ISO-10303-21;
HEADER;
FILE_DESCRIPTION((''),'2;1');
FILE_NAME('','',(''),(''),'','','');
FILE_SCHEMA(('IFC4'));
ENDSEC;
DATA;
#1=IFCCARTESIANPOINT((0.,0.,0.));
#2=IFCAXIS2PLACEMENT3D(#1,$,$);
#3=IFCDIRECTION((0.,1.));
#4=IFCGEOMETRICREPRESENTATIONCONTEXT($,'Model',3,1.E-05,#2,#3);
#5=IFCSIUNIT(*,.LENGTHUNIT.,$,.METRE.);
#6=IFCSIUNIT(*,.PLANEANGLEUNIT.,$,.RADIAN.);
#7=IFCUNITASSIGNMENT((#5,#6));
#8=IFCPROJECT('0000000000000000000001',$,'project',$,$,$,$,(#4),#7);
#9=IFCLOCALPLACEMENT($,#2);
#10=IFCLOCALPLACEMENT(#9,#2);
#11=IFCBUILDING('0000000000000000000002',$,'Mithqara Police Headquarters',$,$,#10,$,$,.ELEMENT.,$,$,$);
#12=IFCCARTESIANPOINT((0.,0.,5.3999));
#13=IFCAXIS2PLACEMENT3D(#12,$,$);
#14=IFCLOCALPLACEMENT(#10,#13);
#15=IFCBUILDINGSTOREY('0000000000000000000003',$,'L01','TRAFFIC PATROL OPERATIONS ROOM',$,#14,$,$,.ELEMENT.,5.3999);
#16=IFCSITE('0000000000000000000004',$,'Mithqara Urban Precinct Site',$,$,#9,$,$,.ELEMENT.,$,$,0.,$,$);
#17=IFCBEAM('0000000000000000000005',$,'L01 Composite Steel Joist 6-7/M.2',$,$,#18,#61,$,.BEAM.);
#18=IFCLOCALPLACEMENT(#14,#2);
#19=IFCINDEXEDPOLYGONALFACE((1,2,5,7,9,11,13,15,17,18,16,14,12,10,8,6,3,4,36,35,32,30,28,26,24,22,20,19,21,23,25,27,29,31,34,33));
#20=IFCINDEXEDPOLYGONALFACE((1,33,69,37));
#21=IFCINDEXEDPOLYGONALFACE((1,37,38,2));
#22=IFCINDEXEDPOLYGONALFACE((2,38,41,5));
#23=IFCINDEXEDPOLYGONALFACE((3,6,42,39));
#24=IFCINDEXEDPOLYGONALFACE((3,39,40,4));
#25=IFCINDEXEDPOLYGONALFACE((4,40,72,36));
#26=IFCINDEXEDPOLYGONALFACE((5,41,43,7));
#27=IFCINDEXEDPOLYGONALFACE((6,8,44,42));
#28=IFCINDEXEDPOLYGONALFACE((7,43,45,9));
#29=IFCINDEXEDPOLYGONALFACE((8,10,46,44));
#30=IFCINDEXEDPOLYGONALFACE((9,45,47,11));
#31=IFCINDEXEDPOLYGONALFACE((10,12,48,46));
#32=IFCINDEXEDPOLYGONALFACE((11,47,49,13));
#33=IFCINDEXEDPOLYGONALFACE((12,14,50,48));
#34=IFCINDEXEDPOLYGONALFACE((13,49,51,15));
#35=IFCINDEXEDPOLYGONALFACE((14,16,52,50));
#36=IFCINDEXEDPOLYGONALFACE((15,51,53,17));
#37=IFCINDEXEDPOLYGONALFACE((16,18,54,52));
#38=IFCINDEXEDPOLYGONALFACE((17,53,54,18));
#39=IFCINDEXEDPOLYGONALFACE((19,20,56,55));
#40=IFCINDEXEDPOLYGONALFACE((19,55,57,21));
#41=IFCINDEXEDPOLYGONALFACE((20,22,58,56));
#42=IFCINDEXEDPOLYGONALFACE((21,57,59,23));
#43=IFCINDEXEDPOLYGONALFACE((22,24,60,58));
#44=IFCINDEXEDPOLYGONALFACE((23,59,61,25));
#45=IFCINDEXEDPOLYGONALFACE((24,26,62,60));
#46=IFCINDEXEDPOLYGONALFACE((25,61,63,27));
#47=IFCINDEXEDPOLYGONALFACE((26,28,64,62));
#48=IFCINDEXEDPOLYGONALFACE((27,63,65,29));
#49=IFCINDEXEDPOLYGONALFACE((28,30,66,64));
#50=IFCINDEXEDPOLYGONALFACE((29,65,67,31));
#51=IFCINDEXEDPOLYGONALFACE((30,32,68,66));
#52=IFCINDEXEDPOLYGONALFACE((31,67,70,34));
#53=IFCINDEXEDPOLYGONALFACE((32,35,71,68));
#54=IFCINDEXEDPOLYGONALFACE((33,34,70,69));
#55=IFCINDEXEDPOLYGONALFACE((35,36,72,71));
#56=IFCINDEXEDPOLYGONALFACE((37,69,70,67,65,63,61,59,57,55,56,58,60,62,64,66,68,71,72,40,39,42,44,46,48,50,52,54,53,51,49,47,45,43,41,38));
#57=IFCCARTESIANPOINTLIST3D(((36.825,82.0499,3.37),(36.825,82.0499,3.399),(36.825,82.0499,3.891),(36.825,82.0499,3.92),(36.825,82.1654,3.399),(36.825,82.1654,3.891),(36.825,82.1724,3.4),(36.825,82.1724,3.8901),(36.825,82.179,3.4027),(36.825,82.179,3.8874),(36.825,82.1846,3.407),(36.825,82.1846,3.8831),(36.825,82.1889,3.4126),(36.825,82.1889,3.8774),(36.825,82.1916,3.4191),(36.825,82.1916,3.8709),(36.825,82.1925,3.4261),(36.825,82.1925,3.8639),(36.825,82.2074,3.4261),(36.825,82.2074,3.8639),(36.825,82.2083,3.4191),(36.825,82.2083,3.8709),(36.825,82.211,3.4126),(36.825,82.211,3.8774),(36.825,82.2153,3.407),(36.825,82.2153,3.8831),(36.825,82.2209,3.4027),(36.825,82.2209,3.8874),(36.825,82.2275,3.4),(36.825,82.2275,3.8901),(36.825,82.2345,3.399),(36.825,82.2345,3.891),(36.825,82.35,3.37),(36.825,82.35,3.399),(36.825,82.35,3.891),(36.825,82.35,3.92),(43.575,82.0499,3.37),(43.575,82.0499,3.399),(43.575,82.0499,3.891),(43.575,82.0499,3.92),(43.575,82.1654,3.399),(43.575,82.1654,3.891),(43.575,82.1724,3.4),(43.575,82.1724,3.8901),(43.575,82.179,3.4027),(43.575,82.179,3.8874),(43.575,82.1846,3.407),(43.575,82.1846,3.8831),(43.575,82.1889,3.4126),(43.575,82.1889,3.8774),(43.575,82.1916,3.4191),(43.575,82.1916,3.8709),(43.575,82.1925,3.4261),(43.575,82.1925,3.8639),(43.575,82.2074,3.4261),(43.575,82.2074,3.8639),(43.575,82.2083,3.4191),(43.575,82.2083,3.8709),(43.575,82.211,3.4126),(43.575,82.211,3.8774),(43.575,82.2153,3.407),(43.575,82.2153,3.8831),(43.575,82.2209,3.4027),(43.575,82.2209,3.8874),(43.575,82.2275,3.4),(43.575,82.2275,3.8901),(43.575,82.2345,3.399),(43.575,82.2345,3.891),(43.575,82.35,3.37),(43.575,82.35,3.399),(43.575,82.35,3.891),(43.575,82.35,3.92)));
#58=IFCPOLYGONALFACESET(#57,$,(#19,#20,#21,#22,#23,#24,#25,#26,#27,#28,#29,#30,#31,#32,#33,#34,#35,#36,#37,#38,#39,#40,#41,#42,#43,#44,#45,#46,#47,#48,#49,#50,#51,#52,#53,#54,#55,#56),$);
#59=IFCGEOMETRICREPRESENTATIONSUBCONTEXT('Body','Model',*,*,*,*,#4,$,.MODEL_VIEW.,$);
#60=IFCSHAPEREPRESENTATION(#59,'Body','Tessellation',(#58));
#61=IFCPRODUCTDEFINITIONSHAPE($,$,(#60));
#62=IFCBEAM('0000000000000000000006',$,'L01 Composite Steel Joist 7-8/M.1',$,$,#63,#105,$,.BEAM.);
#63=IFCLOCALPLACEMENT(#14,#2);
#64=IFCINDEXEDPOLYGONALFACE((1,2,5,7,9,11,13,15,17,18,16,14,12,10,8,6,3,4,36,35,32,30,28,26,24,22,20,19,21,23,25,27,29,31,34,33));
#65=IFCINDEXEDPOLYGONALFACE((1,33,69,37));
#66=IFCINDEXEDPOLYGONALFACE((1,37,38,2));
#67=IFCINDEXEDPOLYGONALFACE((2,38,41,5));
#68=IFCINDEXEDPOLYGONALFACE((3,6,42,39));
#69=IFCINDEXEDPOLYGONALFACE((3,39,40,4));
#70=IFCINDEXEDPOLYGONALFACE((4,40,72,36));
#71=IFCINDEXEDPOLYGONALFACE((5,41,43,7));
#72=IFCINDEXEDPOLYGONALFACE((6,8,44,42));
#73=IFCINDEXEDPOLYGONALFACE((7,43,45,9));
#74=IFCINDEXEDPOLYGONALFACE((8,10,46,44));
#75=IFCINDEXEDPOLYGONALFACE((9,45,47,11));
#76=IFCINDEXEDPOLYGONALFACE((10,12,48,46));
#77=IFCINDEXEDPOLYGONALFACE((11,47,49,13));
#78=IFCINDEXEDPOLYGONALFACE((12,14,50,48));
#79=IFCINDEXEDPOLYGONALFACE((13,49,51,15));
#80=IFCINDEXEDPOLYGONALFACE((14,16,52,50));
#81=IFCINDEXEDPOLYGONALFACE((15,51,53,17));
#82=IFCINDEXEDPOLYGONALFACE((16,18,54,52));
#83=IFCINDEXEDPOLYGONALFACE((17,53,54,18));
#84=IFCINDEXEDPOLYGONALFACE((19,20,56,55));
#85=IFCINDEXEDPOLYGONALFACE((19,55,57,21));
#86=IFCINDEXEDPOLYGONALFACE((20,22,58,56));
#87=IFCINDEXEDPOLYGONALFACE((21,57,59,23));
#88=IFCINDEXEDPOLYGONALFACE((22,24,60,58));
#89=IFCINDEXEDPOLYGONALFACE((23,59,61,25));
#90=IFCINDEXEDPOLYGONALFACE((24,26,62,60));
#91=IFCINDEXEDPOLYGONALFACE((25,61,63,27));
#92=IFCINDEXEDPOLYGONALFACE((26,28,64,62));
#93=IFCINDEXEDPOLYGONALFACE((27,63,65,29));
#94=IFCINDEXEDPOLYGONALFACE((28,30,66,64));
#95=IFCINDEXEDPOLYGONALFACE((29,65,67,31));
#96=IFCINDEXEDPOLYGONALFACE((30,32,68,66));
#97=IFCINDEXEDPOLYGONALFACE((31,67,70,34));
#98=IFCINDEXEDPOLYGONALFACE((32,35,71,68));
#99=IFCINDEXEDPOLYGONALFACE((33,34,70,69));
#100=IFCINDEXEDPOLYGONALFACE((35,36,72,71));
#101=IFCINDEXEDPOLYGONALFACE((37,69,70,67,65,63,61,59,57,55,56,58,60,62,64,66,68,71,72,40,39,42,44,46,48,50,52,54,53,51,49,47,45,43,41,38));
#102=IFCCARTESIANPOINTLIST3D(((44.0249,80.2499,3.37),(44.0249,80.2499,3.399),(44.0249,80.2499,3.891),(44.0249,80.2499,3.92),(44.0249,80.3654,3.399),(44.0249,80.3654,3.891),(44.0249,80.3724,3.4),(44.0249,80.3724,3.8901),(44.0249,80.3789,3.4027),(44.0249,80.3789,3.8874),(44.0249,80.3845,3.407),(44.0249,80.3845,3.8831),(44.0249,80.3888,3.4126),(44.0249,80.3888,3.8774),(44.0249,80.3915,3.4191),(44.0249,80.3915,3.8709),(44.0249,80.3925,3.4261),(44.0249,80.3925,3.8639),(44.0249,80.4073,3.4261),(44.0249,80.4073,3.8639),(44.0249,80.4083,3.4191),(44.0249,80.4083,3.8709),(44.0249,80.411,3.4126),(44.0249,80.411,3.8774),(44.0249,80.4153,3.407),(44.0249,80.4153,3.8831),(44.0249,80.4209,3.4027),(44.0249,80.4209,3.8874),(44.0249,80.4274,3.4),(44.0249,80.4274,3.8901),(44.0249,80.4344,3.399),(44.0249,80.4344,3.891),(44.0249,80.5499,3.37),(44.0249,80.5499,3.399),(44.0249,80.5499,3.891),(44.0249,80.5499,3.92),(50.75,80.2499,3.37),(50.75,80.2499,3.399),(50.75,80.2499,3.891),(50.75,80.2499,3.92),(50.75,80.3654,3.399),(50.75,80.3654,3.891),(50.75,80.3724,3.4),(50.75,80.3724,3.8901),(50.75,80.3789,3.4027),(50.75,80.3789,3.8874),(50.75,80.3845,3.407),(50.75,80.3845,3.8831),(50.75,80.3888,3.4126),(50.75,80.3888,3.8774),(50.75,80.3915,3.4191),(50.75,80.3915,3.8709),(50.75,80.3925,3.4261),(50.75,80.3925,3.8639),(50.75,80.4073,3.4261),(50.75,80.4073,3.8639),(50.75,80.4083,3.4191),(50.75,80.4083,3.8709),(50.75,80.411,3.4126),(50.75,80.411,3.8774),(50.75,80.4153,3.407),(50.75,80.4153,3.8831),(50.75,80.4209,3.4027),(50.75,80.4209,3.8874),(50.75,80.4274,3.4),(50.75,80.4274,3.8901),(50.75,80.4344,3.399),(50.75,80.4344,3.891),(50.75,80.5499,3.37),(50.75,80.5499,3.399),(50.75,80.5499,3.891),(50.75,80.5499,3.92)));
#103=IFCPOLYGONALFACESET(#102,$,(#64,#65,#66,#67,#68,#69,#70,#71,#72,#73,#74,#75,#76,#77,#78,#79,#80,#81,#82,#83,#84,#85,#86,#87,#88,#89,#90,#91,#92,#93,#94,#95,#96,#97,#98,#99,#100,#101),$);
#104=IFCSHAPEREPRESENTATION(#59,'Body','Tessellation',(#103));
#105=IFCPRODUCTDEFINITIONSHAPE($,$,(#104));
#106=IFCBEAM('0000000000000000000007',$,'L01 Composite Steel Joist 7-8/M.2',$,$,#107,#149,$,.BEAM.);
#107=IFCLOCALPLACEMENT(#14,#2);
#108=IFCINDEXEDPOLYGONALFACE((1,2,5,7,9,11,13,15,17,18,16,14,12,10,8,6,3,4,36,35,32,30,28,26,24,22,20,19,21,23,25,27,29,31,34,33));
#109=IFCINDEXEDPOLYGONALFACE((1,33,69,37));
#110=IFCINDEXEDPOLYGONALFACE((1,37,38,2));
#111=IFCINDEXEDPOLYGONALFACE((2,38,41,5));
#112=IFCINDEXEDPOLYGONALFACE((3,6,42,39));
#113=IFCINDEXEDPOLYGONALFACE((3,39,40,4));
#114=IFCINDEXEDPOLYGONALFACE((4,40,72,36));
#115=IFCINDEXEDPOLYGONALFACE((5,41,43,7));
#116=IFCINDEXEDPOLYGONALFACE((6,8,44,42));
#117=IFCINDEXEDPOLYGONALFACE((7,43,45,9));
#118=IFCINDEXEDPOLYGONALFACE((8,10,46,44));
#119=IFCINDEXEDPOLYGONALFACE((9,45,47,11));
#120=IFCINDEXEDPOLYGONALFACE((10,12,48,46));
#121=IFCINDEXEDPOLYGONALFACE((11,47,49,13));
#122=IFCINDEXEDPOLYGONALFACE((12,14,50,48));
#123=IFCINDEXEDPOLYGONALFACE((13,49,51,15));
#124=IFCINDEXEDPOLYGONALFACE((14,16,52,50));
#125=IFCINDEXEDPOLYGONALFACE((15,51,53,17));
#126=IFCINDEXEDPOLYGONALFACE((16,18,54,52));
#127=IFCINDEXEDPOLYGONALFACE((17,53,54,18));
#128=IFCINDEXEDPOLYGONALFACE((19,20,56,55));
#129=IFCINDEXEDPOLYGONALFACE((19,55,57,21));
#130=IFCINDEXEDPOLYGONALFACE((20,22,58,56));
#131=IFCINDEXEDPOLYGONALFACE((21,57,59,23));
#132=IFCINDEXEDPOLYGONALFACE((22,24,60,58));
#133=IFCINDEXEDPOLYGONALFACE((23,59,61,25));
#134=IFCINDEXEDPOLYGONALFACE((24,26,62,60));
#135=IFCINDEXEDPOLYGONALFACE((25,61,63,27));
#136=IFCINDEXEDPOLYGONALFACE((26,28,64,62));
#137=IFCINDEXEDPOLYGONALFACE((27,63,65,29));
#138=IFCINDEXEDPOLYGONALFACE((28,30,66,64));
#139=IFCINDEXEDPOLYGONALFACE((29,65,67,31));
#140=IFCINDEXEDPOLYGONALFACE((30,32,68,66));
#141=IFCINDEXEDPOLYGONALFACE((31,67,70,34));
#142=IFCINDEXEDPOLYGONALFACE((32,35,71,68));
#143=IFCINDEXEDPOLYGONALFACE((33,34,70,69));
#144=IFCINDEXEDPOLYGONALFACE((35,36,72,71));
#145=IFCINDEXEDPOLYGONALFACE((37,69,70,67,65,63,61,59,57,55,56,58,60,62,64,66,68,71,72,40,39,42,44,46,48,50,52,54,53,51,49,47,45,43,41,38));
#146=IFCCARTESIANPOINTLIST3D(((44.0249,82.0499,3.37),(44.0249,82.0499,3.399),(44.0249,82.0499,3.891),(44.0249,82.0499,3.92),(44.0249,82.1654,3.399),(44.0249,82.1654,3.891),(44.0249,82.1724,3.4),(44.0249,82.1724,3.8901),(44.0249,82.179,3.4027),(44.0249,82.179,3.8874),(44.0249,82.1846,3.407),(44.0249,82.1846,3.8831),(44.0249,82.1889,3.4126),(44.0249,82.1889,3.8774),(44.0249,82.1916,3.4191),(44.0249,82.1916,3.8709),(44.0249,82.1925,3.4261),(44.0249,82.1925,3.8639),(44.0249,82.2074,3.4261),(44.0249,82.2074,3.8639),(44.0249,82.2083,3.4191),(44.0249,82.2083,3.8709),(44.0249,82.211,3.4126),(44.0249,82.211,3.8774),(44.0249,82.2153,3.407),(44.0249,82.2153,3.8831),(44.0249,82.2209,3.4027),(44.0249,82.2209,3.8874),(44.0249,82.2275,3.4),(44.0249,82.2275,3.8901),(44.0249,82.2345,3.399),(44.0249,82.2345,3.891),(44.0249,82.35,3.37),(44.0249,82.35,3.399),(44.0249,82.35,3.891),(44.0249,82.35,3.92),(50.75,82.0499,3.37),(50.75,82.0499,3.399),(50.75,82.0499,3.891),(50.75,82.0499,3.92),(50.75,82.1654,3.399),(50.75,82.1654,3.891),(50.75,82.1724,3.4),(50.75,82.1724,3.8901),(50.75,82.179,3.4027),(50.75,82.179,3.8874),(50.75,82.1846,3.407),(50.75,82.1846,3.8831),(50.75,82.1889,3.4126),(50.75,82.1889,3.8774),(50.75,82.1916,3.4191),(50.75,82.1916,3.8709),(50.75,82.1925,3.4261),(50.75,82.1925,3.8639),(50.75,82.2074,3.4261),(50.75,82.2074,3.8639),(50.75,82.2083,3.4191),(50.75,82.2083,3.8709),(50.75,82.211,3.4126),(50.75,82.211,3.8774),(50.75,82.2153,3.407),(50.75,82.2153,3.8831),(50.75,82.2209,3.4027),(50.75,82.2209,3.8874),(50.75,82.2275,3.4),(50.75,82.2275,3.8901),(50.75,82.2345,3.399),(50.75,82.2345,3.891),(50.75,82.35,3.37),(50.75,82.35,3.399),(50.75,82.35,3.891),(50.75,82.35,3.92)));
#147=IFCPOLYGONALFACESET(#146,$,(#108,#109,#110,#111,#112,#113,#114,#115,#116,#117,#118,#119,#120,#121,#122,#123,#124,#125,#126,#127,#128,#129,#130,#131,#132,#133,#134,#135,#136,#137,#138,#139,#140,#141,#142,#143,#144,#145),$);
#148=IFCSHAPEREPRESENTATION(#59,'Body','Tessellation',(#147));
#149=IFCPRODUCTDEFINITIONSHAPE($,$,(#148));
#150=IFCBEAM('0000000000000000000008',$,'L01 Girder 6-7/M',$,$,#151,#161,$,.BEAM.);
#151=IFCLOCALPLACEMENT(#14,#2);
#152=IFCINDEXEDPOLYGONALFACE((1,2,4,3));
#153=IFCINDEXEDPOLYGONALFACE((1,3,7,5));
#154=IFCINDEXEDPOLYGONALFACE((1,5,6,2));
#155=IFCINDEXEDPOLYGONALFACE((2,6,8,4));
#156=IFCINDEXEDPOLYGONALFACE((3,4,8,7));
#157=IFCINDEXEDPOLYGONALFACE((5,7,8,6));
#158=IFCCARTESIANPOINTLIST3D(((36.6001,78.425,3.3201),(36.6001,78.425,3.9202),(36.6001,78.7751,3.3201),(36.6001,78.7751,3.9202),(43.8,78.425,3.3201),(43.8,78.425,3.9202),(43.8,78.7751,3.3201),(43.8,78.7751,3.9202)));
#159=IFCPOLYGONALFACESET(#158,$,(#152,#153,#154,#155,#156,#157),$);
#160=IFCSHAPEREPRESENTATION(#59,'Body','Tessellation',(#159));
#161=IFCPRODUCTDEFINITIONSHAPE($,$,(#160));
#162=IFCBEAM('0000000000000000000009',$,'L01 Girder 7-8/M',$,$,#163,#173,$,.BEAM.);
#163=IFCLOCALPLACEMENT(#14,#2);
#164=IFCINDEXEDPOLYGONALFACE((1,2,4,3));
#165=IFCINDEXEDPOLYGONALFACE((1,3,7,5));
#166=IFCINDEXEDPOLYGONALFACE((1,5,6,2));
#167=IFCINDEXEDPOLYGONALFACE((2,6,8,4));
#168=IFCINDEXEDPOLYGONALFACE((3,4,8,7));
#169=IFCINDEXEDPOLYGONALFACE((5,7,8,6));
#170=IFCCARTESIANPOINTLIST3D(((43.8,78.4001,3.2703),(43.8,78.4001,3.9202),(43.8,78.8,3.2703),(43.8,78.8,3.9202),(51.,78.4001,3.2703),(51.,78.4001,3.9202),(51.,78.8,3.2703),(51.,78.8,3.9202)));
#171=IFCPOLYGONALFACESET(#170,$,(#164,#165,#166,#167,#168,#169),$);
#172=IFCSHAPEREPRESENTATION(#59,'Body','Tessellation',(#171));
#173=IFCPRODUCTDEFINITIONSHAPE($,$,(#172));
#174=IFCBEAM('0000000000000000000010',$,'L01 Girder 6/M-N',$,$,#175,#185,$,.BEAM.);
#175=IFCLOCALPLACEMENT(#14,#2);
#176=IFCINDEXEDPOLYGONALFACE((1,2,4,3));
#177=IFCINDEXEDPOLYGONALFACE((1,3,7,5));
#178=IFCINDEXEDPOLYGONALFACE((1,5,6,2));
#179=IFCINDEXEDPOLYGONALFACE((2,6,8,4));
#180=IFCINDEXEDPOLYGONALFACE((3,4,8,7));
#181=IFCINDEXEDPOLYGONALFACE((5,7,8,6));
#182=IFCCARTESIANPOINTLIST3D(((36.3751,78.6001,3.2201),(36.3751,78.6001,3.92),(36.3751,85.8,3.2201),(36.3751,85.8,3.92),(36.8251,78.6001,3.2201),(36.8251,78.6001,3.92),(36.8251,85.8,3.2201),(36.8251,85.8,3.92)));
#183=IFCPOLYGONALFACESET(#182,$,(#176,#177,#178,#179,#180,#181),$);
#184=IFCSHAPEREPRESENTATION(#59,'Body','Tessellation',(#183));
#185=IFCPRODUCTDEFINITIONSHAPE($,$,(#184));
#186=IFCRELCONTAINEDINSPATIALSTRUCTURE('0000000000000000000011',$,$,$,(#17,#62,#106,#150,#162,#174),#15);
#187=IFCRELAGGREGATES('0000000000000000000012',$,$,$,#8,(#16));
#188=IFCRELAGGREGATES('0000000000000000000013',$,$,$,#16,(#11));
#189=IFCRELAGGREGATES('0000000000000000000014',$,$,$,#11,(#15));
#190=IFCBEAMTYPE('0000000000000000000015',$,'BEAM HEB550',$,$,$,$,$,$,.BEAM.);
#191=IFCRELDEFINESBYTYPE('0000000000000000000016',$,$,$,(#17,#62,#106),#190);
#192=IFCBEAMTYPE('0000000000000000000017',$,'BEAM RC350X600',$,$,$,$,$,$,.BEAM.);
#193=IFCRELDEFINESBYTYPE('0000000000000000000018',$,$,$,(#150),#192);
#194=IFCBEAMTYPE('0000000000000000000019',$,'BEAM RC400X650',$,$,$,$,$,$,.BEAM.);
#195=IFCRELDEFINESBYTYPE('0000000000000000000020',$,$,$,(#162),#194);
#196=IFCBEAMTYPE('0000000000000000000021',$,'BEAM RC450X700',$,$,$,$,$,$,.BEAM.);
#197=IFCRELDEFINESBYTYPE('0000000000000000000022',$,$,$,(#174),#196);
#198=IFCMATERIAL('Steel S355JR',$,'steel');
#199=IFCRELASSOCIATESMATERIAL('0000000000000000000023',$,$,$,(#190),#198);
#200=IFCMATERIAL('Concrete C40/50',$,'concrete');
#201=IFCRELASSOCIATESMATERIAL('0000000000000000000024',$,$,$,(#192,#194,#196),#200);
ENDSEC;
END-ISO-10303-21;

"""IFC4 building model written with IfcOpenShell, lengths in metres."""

from ifc_helpers import new_model, si_unit, direction, frame, origin, origin_2d, place, context, subcontext, project, spatial, rectangle, i_section, extrude, material, material_profile, profile_set, type_object, element, save


model = new_model("IFC4")

# Units and contexts
model_context = context("Model", 3, precision=1e-05, world=origin(), true_north=direction((0.0, 1.0)))
body_context = subcontext(model_context, "Body", "Model", "MODEL_VIEW")
ifc_project = project(units=[si_unit("LENGTHUNIT", "METRE"), si_unit("PLANEANGLEUNIT", "RADIAN")], contexts=[model_context])

# Site, building, storey
site_placement = place(None, origin())
site = spatial("IfcSite", under=ifc_project, at=site_placement, Name="Mithqara Urban Precinct Site", CompositionType="ELEMENT", RefElevation=0.0)
building_placement = place(site_placement, origin())
building = spatial("IfcBuilding", under=site, at=building_placement, Name="Mithqara Police Headquarters", CompositionType="ELEMENT")
storey_placement = place(building_placement, frame((0.0, 0.0, 5.3999)))
storey = spatial("IfcBuildingStorey", under=building, at=storey_placement, Name="L01", Description="TRAFFIC PATROL OPERATIONS ROOM", CompositionType="ELEMENT", Elevation=5.3999)

# Beams
ifc_material_1 = material(Name="Steel S355JR", Category="steel")
ifc_material_profile_1 = material_profile(ifc_material_1, i_section(OverallWidth=0.3, OverallDepth=0.55, WebThickness=0.0149, FlangeThickness=0.0291, FilletRadius=0.0271, at=origin_2d()), Name="HEB 550")
ifc_profile_set_1 = profile_set([ifc_material_profile_1], Name="Steel S355JR")
beam_type_1 = type_object("IfcBeamType", Name="BEAM HEB550", PredefinedType="BEAM", material=ifc_profile_set_1)
for number, where, z_axis, x_axis, name in (
    (1, (36.825, 82.2, 3.645), (1.0, 0.0, 0.0), (0.0, 1.0, 0.0), "L01 Composite Steel Joist 6-7/M.2"),
):
    element("IfcBeam", number, at=place(storey_placement, frame(where, z_axis=z_axis, x_axis=x_axis)), inside=storey, type_object=beam_type_1, Name=name, PredefinedType="BEAM", context=body_context, shape_type="SweptSolid", body=[
        extrude(i_section(OverallWidth=0.3, OverallDepth=0.55, WebThickness=0.0149, FlangeThickness=0.0291, FilletRadius=0.0271, at=origin_2d()), origin(), (0.0, 0.0, 1.0), 6.75),
    ])
for number, where, z_axis, x_axis, name in (
    (2, (44.0249, 80.3999, 3.645), (1.0, 0.0, 0.0), (0.0, 1.0, 0.0), "L01 Composite Steel Joist 7-8/M.1"),
    (3, (44.0249, 82.2, 3.645), (1.0, 0.0, 0.0), (0.0, 1.0, 0.0), "L01 Composite Steel Joist 7-8/M.2"),
):
    element("IfcBeam", number, at=place(storey_placement, frame(where, z_axis=z_axis, x_axis=x_axis)), inside=storey, type_object=beam_type_1, Name=name, PredefinedType="BEAM", context=body_context, shape_type="SweptSolid", body=[
        extrude(i_section(OverallWidth=0.3, OverallDepth=0.55, WebThickness=0.0149, FlangeThickness=0.0291, FilletRadius=0.0271, at=origin_2d()), origin(), (0.0, 0.0, 1.0), 6.7251),
    ])
ifc_material_2 = material(Name="Concrete C40/50", Category="concrete")
ifc_material_profile_2 = material_profile(ifc_material_2, rectangle(XDim=0.3501, YDim=0.6001, at=origin_2d()), Name="RC 350x600")
ifc_profile_set_2 = profile_set([ifc_material_profile_2], Name="Concrete C40/50")
beam_type_2 = type_object("IfcBeamType", Name="BEAM RC350X600", PredefinedType="BEAM", material=ifc_profile_set_2)
beam_1_placement = place(storey_placement, frame((36.6001, 78.6001, 3.6201), z_axis=(1.0, 0.0, 0.0), x_axis=(0.0, 1.0, 0.0)))
element("IfcBeam", 4, at=beam_1_placement, inside=storey, type_object=beam_type_2, Name="L01 Girder 6-7/M", PredefinedType="BEAM", context=body_context, shape_type="SweptSolid", body=[
    extrude(rectangle(XDim=0.3501, YDim=0.6001, at=origin_2d()), origin(), (0.0, 0.0, 1.0), 7.2),
])
ifc_material_profile_3 = material_profile(ifc_material_2, rectangle(XDim=0.3999, YDim=0.6499, at=origin_2d()), Name="RC 400x650")
ifc_profile_set_3 = profile_set([ifc_material_profile_3], Name="Concrete C40/50")
beam_type_3 = type_object("IfcBeamType", Name="BEAM RC400X650", PredefinedType="BEAM", material=ifc_profile_set_3)
beam_2_placement = place(storey_placement, frame((43.8, 78.6001, 3.5952), z_axis=(1.0, 0.0, 0.0), x_axis=(0.0, 1.0, 0.0)))
element("IfcBeam", 5, at=beam_2_placement, inside=storey, type_object=beam_type_3, Name="L01 Girder 7-8/M", PredefinedType="BEAM", context=body_context, shape_type="SweptSolid", body=[
    extrude(rectangle(XDim=0.3999, YDim=0.6499, at=origin_2d()), origin(), (0.0, 0.0, 1.0), 7.2),
])
ifc_material_profile_4 = material_profile(ifc_material_2, rectangle(XDim=0.45, YDim=0.7, at=origin_2d()), Name="RC 450x700")
ifc_profile_set_4 = profile_set([ifc_material_profile_4], Name="Concrete C40/50")
beam_type_4 = type_object("IfcBeamType", Name="BEAM RC450X700", PredefinedType="BEAM", material=ifc_profile_set_4)
beam_3_placement = place(storey_placement, frame((36.6001, 78.6001, 3.5701), z_axis=(0.0, 1.0, 0.0), x_axis=(-1.0, 0.0, 0.0)))
element("IfcBeam", 6, at=beam_3_placement, inside=storey, type_object=beam_type_4, Name="L01 Girder 6/M-N", PredefinedType="BEAM", context=body_context, shape_type="SweptSolid", body=[
    extrude(rectangle(XDim=0.45, YDim=0.7, at=origin_2d()), origin(), (0.0, 0.0, 1.0), 7.2),
])

save(model, "model.ifc")
